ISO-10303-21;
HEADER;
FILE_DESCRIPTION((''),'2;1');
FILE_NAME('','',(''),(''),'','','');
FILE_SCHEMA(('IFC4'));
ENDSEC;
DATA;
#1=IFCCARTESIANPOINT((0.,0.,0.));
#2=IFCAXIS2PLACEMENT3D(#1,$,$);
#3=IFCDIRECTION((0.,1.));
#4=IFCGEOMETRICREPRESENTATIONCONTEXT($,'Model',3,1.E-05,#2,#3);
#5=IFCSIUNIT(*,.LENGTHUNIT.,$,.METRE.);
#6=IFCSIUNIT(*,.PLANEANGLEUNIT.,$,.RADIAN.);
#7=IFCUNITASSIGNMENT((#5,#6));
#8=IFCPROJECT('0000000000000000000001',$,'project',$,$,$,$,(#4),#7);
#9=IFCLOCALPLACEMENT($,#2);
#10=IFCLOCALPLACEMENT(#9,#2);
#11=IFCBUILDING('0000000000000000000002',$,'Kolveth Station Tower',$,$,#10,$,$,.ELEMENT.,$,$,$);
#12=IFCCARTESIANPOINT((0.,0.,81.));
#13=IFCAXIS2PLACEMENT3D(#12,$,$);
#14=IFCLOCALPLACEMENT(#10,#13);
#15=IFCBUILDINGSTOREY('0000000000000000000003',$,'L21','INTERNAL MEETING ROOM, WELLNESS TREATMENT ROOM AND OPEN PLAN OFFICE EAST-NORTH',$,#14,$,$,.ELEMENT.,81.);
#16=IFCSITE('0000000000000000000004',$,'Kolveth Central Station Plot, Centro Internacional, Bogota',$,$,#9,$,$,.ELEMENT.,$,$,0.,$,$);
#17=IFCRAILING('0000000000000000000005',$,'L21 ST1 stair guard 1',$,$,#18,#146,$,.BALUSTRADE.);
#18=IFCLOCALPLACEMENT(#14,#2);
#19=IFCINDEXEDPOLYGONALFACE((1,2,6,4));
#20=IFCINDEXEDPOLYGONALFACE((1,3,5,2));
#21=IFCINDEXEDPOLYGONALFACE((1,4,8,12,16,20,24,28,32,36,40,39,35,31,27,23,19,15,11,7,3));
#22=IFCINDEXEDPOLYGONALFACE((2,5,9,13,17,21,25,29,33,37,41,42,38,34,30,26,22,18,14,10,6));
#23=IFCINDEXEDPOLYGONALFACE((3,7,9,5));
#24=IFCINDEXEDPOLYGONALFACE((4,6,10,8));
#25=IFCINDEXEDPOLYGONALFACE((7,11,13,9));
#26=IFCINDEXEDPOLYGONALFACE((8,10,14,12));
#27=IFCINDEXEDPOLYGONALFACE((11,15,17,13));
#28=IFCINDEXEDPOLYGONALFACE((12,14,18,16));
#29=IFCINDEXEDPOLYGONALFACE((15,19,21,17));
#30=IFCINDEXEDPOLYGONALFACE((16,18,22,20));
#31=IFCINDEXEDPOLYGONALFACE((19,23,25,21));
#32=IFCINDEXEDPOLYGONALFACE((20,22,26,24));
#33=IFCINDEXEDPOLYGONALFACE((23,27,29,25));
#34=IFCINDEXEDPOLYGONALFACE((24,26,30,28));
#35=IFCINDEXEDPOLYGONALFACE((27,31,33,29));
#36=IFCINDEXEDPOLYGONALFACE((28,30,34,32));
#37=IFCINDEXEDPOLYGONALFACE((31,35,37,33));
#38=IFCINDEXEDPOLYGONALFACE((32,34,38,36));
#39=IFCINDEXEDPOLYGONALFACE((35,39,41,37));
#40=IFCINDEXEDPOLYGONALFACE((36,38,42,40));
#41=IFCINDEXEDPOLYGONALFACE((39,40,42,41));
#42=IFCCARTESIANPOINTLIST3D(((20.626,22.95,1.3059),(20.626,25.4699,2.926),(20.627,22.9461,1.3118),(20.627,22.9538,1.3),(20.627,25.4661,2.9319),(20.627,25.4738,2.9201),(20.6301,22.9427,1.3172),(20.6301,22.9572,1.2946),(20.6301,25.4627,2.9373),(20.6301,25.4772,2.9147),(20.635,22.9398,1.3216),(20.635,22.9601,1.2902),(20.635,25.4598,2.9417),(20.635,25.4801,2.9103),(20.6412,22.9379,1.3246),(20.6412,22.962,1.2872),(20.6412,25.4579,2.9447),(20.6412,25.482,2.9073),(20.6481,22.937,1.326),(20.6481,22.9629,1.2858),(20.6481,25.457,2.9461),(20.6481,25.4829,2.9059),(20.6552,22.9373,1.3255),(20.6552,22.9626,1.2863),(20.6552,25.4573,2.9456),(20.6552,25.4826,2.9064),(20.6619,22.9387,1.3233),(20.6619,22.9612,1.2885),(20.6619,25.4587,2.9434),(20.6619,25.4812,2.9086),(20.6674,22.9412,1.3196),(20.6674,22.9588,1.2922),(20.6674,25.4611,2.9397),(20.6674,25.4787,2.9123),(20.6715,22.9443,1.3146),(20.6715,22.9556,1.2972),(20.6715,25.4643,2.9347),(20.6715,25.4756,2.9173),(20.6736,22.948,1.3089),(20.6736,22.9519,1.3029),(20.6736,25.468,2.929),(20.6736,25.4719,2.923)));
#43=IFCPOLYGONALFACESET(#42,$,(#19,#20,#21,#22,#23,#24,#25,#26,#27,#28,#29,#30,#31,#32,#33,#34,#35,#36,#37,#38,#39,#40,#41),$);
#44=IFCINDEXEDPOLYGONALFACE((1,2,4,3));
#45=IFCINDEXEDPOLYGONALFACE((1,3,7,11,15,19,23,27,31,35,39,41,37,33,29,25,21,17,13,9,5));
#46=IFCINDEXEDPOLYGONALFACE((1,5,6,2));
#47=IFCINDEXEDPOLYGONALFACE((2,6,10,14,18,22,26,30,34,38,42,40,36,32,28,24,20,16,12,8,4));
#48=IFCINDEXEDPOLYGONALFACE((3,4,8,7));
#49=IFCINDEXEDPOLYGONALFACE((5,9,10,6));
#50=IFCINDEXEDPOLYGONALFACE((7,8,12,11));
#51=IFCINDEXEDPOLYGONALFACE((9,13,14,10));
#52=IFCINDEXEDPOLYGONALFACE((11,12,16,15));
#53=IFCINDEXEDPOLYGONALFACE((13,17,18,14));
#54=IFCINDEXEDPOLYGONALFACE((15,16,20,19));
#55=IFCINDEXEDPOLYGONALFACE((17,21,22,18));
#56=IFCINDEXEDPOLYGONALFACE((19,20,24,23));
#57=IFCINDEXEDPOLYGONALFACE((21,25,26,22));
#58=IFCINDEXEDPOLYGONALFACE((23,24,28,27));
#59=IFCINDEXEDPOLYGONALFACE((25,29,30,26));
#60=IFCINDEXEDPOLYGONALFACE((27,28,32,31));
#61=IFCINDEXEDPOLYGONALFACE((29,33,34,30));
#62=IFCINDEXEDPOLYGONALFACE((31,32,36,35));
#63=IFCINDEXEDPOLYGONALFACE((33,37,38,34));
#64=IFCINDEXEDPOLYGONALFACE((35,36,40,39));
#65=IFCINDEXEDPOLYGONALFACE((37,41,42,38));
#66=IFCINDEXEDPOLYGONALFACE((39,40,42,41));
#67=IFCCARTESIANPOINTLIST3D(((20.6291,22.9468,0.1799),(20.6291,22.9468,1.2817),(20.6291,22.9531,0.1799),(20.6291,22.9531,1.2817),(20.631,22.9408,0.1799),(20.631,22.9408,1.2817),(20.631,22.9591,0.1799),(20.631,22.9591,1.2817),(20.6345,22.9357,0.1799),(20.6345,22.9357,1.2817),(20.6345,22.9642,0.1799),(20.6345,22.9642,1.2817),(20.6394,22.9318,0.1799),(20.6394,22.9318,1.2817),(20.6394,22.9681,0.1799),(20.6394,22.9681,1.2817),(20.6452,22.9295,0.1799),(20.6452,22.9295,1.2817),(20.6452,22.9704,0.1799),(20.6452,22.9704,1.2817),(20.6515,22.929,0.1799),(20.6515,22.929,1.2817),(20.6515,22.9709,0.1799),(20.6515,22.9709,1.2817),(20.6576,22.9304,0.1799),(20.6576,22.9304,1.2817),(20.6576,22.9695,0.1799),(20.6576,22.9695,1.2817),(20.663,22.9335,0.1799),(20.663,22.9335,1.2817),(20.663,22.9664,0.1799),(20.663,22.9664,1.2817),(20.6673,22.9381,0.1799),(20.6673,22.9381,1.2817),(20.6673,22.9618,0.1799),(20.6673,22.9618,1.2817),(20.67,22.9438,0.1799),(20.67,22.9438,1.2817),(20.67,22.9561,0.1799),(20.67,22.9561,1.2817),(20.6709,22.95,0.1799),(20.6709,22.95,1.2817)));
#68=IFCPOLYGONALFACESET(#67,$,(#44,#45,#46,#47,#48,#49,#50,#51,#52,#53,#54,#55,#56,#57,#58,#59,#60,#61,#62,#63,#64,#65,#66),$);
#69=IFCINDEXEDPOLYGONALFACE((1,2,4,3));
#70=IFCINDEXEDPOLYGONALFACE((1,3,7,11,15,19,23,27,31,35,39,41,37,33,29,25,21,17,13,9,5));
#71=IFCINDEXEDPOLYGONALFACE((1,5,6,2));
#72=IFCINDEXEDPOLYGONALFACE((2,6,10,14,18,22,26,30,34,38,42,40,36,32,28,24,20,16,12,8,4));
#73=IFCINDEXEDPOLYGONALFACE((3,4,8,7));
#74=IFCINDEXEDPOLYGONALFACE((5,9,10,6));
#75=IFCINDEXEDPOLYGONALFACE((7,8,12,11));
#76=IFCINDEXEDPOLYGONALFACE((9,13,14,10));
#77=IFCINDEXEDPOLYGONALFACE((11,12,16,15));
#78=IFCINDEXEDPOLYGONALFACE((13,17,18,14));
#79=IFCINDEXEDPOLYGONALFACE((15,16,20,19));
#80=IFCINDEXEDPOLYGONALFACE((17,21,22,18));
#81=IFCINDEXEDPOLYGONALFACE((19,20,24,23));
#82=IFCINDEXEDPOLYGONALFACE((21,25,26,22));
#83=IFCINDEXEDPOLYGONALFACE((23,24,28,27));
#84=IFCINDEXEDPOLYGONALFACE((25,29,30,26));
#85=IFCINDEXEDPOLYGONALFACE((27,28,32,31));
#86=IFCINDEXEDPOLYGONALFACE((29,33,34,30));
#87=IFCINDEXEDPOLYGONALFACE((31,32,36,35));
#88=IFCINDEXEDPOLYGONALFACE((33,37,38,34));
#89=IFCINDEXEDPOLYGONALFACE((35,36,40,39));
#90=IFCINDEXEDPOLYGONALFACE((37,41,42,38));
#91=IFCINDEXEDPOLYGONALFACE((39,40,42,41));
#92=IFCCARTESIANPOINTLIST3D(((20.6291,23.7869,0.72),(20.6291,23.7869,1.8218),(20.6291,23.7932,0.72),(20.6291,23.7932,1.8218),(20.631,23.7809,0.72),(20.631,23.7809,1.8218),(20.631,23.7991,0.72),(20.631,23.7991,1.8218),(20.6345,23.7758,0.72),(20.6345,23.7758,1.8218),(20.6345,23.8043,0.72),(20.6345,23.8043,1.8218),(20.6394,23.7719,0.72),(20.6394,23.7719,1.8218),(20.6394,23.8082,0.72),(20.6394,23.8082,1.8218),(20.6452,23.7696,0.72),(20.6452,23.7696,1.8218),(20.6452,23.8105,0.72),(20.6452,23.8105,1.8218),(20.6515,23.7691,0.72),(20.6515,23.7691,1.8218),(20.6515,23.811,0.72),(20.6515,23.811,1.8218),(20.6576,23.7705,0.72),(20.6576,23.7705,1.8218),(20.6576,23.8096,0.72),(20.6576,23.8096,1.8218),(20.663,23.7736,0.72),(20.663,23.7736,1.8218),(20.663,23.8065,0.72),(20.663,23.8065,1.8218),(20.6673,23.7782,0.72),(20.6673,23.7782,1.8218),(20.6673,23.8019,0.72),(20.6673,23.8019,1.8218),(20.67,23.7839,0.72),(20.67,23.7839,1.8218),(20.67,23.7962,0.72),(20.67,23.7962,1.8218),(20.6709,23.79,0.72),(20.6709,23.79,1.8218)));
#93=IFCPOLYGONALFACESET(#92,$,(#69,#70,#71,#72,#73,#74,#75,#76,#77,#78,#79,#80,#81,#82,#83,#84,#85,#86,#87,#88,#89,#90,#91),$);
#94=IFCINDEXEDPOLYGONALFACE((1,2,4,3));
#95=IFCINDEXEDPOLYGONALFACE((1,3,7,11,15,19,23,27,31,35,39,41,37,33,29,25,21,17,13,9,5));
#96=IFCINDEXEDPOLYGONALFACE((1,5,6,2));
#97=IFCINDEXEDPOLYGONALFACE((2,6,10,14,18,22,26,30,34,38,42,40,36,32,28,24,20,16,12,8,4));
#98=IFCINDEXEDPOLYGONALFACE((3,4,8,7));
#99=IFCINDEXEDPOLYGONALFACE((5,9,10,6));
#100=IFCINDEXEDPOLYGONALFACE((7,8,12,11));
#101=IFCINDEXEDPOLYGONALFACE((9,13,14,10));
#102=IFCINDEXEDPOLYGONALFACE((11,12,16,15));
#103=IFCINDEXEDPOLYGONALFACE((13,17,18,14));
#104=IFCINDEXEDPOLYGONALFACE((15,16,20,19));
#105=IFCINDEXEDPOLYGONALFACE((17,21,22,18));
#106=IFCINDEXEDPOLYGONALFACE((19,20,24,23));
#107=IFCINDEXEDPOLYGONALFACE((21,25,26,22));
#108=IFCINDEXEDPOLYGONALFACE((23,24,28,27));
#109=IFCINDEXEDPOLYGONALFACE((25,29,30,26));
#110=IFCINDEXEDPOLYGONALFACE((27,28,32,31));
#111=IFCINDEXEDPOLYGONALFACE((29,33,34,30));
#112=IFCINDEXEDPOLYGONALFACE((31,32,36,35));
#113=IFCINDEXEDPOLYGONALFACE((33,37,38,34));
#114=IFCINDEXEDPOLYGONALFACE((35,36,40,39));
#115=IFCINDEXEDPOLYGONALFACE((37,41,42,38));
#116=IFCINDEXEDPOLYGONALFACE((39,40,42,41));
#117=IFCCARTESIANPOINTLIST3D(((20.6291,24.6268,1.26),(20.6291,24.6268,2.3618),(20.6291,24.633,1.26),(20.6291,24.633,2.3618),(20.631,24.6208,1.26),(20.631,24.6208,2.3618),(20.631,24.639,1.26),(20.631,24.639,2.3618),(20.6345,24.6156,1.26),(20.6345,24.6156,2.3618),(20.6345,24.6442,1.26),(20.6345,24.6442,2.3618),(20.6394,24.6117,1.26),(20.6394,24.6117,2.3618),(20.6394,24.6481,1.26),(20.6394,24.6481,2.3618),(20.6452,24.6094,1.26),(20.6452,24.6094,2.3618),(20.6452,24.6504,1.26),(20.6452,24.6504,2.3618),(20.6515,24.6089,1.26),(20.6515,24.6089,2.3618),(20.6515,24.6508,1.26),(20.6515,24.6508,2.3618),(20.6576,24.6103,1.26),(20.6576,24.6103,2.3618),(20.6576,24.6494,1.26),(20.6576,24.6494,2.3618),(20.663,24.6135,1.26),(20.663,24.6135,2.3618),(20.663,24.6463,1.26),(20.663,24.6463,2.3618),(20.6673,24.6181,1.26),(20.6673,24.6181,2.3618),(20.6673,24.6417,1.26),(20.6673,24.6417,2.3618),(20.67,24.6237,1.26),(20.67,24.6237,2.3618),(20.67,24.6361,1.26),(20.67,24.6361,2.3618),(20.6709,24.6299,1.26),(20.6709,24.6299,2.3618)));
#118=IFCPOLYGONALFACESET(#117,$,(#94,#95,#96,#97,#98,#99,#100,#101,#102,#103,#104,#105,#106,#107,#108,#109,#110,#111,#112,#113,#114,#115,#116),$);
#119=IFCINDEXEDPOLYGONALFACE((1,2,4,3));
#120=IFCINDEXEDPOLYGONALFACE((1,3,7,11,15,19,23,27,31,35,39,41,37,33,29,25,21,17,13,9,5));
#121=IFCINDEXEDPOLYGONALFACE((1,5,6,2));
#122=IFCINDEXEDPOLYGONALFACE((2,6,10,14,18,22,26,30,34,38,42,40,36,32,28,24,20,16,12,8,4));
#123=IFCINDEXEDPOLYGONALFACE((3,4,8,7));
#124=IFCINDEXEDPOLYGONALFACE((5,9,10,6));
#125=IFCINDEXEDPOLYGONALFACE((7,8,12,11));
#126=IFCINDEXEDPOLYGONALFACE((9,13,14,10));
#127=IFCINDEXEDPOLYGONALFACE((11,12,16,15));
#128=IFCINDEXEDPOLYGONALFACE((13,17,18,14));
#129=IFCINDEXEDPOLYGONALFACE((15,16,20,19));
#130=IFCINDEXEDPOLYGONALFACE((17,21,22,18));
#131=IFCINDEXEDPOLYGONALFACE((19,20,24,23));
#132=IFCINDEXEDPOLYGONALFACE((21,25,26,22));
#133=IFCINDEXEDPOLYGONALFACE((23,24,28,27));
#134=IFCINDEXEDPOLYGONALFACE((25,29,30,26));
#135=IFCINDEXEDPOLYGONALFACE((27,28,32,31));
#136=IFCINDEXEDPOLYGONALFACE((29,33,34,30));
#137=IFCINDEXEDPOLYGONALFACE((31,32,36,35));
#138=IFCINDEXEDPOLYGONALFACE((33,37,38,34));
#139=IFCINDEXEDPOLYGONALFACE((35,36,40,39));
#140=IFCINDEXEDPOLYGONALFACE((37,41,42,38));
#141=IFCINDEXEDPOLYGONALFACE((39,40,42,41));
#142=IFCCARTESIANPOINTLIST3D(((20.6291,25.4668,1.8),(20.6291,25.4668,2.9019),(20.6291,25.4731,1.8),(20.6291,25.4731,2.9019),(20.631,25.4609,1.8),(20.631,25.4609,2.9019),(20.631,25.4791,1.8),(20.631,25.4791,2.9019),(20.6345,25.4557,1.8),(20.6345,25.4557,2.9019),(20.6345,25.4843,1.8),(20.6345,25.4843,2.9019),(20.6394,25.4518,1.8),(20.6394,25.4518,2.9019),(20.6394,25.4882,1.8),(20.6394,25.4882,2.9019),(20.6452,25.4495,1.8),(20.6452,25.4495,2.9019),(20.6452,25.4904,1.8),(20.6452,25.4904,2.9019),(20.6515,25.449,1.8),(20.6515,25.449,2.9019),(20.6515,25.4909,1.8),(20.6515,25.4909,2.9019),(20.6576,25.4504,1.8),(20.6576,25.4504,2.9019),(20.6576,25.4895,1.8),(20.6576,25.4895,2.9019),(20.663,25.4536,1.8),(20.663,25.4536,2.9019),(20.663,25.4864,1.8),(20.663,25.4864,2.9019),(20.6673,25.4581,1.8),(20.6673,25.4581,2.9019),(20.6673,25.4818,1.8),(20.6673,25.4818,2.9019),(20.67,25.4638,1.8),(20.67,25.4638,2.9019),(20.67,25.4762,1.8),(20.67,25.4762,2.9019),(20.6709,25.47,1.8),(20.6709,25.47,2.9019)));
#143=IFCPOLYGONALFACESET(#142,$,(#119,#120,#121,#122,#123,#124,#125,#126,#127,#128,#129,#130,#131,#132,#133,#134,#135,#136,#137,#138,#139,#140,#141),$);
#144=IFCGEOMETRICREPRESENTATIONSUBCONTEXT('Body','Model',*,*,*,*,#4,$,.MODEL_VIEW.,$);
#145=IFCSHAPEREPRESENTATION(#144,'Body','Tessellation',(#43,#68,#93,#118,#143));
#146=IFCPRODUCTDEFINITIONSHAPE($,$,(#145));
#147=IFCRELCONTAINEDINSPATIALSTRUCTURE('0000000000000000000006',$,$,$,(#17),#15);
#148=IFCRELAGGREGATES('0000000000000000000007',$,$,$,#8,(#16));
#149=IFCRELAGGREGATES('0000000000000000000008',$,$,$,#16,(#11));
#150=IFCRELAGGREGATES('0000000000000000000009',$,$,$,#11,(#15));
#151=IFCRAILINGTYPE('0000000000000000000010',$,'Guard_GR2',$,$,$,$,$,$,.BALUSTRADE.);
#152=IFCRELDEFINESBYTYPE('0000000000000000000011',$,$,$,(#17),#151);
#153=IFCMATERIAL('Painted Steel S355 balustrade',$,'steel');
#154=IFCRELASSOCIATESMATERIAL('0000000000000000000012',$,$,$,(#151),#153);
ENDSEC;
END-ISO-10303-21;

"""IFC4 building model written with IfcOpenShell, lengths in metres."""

from ifc_helpers import new_model, si_unit, direction, frame, origin, origin_2d, place, context, subcontext, project, spatial, circle, extrude, material, type_object, element, save


model = new_model("IFC4")

# Units and contexts
model_context = context("Model", 3, precision=1e-05, world=origin(), true_north=direction((0.0, 1.0)))
body_context = subcontext(model_context, "Body", "Model", "MODEL_VIEW")
ifc_project = project(units=[si_unit("LENGTHUNIT", "METRE"), si_unit("PLANEANGLEUNIT", "RADIAN")], contexts=[model_context])

# Site, building, storey
site_placement = place(None, origin())
site = spatial("IfcSite", under=ifc_project, at=site_placement, Name="Kolveth Central Station Plot, Centro Internacional, Bogota", CompositionType="ELEMENT", RefElevation=0.0)
building_placement = place(site_placement, origin())
building = spatial("IfcBuilding", under=site, at=building_placement, Name="Kolveth Station Tower", CompositionType="ELEMENT")
storey_placement = place(building_placement, frame((0.0, 0.0, 81.0)))
storey = spatial("IfcBuildingStorey", under=building, at=storey_placement, Name="L21", Description="INTERNAL MEETING ROOM, WELLNESS TREATMENT ROOM AND OPEN PLAN OFFICE EAST-NORTH", CompositionType="ELEMENT", Elevation=81.0)

# Railing
ifc_material_1 = material(Name="Painted Steel S355 balustrade", Category="steel")
railing_type_1 = type_object("IfcRailingType", Name="Guard_GR2", PredefinedType="BALUSTRADE", material=ifc_material_1)
railing_1_placement = place(storey_placement, frame((20.6499, 22.95, 0.1799)))
element("IfcRailing", 1, at=railing_1_placement, inside=storey, type_object=railing_type_1, Name="L21 ST1 stair guard 1", PredefinedType="BALUSTRADE", context=body_context, shape_type="SweptSolid", body=[
    extrude(circle(Radius=0.0239, at=origin_2d()), frame((0.0, 0.0, 1.126), z_axis=(0.0, 0.841163, 0.540782), x_axis=(-1.0, 0.0, 0.0)), (0.0, 0.0, 1.0), 2.9958),
    extrude(circle(Radius=0.021, at=origin_2d()), origin(), (0.0, 0.0, 1.0), 1.1018),
    extrude(circle(Radius=0.021, at=origin_2d()), frame((0.0, 0.8401, 0.54)), (0.0, 0.0, 1.0), 1.1018),
    extrude(circle(Radius=0.021, at=origin_2d()), frame((0.0, 1.6799, 1.0801)), (0.0, 0.0, 1.0), 1.1018),
    extrude(circle(Radius=0.021, at=origin_2d()), frame((0.0, 2.52, 1.6201)), (0.0, 0.0, 1.0), 1.1018),
])

save(model, "model.ifc")
